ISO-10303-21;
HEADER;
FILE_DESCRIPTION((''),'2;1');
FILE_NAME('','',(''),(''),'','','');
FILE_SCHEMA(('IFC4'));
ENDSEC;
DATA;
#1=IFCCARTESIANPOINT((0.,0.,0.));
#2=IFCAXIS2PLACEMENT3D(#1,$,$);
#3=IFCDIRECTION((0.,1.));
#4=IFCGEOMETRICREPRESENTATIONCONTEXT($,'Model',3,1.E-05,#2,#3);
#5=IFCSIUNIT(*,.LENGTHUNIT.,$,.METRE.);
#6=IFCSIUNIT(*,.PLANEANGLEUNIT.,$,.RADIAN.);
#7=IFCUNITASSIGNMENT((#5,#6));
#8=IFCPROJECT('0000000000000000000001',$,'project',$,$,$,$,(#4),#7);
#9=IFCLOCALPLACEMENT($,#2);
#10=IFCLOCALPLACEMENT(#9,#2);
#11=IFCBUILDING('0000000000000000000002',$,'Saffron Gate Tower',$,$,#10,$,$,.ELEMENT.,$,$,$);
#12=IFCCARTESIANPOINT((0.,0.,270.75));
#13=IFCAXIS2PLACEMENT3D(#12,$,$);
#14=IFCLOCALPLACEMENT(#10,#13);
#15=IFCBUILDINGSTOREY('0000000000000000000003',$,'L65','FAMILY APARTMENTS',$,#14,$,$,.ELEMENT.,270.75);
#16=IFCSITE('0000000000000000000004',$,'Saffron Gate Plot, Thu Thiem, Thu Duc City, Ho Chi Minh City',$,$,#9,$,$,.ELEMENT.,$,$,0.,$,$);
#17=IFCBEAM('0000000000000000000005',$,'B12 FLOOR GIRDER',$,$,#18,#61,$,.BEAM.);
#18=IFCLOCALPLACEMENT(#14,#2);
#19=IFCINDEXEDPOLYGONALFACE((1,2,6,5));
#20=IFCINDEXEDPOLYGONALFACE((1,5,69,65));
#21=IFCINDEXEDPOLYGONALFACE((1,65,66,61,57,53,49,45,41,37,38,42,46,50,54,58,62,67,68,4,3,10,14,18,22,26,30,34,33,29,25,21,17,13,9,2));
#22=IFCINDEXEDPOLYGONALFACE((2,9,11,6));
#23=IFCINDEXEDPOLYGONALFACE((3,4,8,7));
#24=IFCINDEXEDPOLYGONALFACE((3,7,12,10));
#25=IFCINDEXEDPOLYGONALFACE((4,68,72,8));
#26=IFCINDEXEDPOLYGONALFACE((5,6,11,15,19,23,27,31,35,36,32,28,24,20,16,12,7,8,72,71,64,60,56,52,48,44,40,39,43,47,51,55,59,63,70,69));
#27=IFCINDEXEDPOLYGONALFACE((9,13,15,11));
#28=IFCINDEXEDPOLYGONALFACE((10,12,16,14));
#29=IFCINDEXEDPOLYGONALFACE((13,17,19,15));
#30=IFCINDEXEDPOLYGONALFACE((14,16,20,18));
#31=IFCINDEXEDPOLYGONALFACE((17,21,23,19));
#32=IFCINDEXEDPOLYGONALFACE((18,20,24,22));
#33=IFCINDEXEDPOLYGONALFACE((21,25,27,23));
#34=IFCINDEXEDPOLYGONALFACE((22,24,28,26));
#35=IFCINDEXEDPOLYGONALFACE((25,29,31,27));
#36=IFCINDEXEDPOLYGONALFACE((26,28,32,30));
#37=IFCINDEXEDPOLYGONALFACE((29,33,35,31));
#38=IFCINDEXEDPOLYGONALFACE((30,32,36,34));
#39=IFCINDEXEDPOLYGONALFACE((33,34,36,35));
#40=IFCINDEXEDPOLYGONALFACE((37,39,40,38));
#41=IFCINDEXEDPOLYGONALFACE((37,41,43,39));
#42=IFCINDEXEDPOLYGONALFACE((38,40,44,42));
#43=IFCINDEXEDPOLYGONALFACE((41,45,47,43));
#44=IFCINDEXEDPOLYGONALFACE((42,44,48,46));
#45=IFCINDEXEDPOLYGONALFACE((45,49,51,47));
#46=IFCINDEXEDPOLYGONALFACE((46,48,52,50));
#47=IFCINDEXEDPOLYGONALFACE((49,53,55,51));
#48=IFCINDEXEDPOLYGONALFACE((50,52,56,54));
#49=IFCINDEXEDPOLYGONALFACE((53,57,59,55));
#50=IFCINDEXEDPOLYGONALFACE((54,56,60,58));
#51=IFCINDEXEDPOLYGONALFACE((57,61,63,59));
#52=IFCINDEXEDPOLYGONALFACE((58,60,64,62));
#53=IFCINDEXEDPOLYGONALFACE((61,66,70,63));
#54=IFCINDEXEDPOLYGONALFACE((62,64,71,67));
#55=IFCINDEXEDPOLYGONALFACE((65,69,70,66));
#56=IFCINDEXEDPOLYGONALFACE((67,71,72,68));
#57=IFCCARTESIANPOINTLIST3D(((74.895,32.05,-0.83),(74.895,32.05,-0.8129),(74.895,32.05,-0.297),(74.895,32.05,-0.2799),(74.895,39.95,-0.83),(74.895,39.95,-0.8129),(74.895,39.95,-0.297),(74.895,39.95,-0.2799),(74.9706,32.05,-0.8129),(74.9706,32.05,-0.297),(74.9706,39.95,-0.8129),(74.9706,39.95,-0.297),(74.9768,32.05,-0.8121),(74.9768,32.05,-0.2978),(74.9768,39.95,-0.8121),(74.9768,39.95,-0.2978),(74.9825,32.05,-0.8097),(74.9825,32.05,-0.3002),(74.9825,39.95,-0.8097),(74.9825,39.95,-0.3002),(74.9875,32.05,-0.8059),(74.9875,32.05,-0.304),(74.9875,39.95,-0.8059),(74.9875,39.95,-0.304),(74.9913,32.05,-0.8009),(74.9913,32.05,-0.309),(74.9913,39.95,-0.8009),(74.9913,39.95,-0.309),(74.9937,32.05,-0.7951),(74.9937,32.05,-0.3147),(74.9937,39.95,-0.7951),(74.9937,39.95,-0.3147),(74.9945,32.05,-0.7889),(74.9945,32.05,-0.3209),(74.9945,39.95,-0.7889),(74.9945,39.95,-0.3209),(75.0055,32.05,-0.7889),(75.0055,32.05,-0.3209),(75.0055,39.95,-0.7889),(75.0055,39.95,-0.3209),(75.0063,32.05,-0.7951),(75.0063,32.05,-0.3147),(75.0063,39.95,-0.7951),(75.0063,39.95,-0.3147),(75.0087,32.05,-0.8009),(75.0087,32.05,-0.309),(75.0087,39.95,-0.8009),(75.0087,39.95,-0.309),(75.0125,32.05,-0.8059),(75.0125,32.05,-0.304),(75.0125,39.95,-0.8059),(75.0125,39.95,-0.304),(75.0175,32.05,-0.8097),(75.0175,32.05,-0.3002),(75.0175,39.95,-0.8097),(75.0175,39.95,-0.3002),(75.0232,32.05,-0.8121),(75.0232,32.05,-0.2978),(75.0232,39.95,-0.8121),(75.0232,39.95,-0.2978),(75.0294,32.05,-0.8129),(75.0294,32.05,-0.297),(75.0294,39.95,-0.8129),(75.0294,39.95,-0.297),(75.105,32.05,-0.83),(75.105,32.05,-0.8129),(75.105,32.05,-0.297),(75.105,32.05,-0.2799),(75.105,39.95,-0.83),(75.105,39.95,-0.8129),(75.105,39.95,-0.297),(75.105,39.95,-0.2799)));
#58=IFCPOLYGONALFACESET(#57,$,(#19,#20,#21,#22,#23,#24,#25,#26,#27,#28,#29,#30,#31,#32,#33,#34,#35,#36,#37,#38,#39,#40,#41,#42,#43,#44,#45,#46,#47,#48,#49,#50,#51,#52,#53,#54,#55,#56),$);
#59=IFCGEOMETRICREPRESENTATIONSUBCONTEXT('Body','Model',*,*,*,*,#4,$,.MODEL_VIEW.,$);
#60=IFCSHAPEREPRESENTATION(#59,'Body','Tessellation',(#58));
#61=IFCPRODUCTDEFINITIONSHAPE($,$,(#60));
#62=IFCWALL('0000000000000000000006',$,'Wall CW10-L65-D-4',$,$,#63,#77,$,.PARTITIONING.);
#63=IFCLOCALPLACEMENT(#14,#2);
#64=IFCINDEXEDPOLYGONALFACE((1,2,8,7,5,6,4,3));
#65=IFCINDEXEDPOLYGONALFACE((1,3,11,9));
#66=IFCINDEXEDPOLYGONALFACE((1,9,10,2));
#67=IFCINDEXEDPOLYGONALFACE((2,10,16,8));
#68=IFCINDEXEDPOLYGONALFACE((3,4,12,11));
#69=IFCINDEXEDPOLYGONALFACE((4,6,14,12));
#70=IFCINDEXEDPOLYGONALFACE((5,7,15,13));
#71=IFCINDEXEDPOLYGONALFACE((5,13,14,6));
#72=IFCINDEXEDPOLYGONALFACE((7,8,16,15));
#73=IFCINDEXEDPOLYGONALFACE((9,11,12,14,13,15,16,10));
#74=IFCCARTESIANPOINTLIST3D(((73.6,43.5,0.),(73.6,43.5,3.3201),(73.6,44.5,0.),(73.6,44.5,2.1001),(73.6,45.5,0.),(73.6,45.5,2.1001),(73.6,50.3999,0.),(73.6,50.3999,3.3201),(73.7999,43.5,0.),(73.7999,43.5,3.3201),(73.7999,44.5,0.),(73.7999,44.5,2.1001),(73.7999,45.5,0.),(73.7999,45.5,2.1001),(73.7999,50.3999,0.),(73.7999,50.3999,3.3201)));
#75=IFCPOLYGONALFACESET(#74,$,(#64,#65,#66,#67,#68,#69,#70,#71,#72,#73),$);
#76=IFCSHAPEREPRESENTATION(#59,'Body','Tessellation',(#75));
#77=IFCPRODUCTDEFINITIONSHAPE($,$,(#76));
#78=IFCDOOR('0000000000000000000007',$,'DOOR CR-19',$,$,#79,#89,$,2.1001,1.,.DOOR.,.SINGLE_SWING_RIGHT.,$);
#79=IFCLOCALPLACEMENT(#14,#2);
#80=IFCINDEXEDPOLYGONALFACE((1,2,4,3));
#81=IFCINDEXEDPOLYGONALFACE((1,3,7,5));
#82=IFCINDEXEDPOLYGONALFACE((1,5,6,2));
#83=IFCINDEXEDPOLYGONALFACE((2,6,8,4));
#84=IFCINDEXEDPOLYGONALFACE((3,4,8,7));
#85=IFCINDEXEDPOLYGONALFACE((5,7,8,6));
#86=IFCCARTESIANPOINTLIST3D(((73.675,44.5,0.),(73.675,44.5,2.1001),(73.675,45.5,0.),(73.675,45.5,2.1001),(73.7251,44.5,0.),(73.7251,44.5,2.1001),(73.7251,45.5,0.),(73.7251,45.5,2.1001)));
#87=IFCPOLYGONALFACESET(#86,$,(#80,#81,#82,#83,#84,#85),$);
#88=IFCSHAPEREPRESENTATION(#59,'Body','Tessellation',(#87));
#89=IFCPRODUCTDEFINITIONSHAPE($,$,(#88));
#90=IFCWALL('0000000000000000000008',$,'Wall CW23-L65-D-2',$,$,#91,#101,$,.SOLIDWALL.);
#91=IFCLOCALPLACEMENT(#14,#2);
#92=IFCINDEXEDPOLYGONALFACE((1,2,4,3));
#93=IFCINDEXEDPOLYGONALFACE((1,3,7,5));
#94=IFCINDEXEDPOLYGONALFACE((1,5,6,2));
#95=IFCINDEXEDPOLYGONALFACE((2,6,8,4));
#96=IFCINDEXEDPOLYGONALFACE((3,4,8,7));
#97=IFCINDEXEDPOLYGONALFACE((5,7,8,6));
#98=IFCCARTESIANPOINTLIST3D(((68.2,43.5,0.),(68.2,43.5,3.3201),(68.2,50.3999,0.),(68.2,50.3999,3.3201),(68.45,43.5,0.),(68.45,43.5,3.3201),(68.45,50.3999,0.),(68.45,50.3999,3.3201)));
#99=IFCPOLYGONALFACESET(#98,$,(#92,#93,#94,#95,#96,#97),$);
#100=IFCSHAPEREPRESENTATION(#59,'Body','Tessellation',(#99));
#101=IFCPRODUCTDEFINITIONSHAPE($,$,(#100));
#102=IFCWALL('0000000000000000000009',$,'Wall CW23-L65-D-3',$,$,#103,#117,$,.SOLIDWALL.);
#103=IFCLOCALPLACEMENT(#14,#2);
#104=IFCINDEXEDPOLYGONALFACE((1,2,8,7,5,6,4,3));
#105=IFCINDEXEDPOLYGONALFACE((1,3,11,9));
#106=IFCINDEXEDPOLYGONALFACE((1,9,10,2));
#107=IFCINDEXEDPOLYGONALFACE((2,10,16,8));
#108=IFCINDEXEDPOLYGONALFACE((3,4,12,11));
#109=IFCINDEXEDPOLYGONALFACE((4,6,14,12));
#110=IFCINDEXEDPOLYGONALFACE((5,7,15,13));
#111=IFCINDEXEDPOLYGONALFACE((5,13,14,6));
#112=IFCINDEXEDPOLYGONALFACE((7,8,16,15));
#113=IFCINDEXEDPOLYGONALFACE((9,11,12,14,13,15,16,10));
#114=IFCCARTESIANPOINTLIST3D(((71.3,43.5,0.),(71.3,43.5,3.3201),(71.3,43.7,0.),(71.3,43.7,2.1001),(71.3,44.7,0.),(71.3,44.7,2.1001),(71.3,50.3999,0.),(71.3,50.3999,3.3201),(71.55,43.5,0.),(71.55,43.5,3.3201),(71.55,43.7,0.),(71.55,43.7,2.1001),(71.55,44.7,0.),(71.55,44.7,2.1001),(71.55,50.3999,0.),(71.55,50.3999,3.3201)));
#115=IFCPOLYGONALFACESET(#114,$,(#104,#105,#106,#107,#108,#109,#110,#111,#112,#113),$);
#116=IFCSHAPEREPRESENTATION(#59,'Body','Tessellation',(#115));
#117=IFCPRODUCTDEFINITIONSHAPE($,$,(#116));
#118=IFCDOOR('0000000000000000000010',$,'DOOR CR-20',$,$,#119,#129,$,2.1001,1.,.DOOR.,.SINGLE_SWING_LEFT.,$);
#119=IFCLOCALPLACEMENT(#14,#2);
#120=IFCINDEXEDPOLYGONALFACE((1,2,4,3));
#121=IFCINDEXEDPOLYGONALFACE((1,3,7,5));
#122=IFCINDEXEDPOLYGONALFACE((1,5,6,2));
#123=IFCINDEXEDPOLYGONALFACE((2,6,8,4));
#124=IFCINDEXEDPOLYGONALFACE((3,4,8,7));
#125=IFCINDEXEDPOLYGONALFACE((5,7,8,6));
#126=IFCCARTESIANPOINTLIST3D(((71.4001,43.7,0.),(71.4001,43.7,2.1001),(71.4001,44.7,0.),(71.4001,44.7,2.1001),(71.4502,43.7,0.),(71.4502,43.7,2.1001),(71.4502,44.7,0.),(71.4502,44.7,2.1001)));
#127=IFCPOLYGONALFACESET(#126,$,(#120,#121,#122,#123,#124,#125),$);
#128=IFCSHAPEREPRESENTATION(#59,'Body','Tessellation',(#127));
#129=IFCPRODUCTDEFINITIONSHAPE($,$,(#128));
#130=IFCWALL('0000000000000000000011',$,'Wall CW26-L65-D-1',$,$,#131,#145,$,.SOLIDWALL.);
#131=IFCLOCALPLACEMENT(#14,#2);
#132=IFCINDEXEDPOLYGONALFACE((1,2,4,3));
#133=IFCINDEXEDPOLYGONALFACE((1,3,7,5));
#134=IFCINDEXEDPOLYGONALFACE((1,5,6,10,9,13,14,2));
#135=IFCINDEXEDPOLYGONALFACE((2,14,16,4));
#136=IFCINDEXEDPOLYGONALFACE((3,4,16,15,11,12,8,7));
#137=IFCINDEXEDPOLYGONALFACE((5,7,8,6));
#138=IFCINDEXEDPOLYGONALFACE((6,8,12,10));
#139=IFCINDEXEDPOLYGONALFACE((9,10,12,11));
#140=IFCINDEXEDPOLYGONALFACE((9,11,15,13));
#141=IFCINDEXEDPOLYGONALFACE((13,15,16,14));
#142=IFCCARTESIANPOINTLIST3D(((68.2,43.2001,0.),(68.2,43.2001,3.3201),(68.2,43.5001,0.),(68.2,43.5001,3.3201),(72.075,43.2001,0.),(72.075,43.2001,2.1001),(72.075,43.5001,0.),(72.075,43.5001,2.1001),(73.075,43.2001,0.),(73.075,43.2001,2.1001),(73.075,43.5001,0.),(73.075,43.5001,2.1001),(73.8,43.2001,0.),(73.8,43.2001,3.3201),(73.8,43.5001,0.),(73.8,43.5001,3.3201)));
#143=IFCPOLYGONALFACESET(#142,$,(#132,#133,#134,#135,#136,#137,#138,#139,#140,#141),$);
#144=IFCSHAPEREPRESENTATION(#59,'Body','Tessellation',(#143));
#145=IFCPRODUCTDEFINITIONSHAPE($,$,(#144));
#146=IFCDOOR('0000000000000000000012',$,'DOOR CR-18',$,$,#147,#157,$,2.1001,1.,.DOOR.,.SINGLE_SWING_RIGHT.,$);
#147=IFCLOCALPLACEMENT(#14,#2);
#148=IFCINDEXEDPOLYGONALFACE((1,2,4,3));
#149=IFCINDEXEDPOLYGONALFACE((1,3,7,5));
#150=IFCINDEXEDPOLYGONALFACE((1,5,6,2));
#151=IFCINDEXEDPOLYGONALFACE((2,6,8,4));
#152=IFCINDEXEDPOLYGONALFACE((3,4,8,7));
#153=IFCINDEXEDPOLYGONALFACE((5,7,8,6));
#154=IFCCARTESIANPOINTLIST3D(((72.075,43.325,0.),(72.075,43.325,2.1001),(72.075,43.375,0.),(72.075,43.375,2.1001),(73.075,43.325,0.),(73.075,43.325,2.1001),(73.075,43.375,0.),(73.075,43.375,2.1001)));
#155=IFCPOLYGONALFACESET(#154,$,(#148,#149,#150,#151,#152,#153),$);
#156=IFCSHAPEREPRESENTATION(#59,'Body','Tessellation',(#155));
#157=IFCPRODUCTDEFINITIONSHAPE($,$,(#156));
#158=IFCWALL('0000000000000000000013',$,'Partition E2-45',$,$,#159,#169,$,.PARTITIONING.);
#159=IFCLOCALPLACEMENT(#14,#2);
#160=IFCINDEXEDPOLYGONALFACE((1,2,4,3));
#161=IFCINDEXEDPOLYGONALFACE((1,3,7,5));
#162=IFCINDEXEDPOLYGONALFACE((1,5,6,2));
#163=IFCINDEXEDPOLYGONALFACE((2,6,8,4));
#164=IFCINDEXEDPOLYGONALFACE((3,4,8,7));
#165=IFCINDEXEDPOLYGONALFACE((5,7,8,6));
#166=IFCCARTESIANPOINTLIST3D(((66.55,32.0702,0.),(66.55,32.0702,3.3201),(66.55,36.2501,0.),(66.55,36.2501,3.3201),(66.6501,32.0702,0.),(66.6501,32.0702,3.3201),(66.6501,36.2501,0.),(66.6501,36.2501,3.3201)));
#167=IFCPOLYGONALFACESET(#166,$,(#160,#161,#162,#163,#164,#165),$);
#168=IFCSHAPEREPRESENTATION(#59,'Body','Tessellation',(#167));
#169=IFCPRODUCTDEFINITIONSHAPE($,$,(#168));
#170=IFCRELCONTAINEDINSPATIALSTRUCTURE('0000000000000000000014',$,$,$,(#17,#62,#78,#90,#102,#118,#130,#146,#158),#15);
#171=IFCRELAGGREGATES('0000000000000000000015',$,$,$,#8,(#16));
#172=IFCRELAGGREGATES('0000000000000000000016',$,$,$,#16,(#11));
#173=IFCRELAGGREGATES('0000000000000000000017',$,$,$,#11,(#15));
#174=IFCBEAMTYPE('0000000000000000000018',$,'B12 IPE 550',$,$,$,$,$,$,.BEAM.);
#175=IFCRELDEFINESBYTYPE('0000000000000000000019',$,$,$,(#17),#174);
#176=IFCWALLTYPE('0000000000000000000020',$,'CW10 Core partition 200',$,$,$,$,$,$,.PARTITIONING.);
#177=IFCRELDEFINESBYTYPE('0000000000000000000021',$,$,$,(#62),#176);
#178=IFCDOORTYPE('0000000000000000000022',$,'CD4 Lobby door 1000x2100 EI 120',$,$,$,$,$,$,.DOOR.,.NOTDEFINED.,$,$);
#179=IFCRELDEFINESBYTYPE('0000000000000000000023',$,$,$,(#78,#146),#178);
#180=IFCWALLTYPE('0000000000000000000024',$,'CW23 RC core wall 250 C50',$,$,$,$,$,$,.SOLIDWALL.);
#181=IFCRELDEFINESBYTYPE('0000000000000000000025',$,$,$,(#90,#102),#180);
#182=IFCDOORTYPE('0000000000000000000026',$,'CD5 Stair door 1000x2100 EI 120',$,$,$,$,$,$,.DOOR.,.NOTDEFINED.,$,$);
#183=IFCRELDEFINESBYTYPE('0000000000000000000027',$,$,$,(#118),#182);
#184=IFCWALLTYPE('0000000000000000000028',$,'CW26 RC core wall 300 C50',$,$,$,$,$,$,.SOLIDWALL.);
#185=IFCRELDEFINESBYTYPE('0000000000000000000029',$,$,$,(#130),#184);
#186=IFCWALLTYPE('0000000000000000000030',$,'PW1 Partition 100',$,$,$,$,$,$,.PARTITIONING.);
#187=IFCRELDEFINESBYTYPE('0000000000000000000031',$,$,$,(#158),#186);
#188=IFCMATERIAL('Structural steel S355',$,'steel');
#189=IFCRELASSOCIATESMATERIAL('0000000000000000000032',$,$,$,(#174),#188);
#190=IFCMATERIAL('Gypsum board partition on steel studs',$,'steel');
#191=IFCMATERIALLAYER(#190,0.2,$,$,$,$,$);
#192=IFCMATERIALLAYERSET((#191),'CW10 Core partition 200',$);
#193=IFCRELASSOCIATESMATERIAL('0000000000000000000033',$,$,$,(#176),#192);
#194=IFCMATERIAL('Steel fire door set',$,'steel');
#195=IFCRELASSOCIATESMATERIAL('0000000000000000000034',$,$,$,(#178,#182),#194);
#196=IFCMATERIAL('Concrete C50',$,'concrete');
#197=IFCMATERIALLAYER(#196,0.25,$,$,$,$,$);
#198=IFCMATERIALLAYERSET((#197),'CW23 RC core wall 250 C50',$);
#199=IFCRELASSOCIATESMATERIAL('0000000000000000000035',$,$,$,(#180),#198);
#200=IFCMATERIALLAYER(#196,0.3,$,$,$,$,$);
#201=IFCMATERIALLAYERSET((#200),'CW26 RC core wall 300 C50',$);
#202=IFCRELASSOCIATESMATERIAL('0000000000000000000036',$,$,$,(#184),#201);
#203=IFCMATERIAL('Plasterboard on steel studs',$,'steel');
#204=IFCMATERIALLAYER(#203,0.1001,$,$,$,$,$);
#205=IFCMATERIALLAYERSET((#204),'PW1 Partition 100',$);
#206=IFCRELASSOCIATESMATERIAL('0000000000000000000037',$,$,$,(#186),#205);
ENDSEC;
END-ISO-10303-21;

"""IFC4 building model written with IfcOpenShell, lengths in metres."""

from ifc_helpers import new_model, si_unit, direction, frame, frame_2d, origin, origin_2d, place, context, subcontext, project, spatial, rectangle, i_section, extrude, material, layer, layer_set, material_profile, profile_set, type_object, element, fill, save


model = new_model("IFC4")

# Units and contexts
model_context = context("Model", 3, precision=1e-05, world=origin(), true_north=direction((0.0, 1.0)))
body_context = subcontext(model_context, "Body", "Model", "MODEL_VIEW")
ifc_project = project(units=[si_unit("LENGTHUNIT", "METRE"), si_unit("PLANEANGLEUNIT", "RADIAN")], contexts=[model_context])

# Site, building, storey
site_placement = place(None, origin())
site = spatial("IfcSite", under=ifc_project, at=site_placement, Name="Saffron Gate Plot, Thu Thiem, Thu Duc City, Ho Chi Minh City", CompositionType="ELEMENT", RefElevation=0.0)
building_placement = place(site_placement, origin())
building = spatial("IfcBuilding", under=site, at=building_placement, Name="Saffron Gate Tower", CompositionType="ELEMENT")
storey_placement = place(building_placement, frame((0.0, 0.0, 270.75)))
storey = spatial("IfcBuildingStorey", under=building, at=storey_placement, Name="L65", Description="FAMILY APARTMENTS", CompositionType="ELEMENT", Elevation=270.75)

# Beam
ifc_material_1 = material(Name="Structural steel S355", Category="steel")
ifc_material_profile = material_profile(ifc_material_1, i_section(OverallWidth=0.21, OverallDepth=0.55, WebThickness=0.011, FlangeThickness=0.0171, FilletRadius=0.0239, at=origin_2d()))
ifc_profile_set = profile_set([ifc_material_profile], Name="Structural steel S355")
beam_type = type_object("IfcBeamType", Name="B12 IPE 550", PredefinedType="BEAM", material=ifc_profile_set)
beam_placement = place(storey_placement, frame((75.0, 32.05, -0.5549), z_axis=(0.0, 1.0, 0.0), x_axis=(-1.0, 0.0, 0.0)))
element("IfcBeam", 1, at=beam_placement, inside=storey, type_object=beam_type, Name="B12 FLOOR GIRDER", PredefinedType="BEAM", context=body_context, shape_type="SweptSolid", body=[
    extrude(i_section(OverallWidth=0.21, OverallDepth=0.55, WebThickness=0.011, FlangeThickness=0.0171, FilletRadius=0.0239, at=origin_2d()), origin(), (0.0, 0.0, 1.0), 7.8999),
])

# Wall, opening, door
ifc_material_2 = material(Name="Gypsum board partition on steel studs", Category="steel")
ifc_layer_1 = layer(ifc_material_2, 0.2)
ifc_layer_set_1 = layer_set([ifc_layer_1], Name="CW10 Core partition 200")
wall_type_1 = type_object("IfcWallType", Name="CW10 Core partition 200", PredefinedType="PARTITIONING", material=ifc_layer_set_1)
wall_1_placement = place(storey_placement, frame((73.7, 43.5, 0.0), z_axis=(0.0, 0.0, 1.0), x_axis=(0.0, 1.0, 0.0)))
wall_1 = element("IfcWall", 2, at=wall_1_placement, inside=storey, type_object=wall_type_1, Name="Wall CW10-L65-D-4", PredefinedType="PARTITIONING", context=body_context, shape_type="SweptSolid", body=[
    extrude(rectangle(XDim=6.8999, YDim=0.2, at=frame_2d((3.45, 0.0))), origin(), (0.0, 0.0, 1.0), 3.3201),
])
opening_1_placement = place(wall_1_placement, frame((1.0, 0.0, 0.0)))
opening_1 = element("IfcOpeningElement", 3, at=opening_1_placement, cuts=wall_1, PredefinedType="OPENING", context=body_context, shape_type="SweptSolid", body=[
    extrude(rectangle(XDim=1.0, YDim=2.1001, at=frame_2d((0.5, 1.05))), frame((0.0, 0.1099, 0.0), z_axis=(0.0, -1.0, 0.0), x_axis=(1.0, 0.0, 0.0)), (0.0, 0.0, 1.0), 0.22),
])
ifc_material_3 = material(Name="Steel fire door set", Category="steel")
door_type_1 = type_object("IfcDoorType", Name="CD4 Lobby door 1000x2100 EI 120", OperationType="NOTDEFINED", PredefinedType="DOOR", material=ifc_material_3)
door_1_placement = place(opening_1_placement, origin())
door_1 = element("IfcDoor", 4, at=door_1_placement, inside=storey, type_object=door_type_1, Name="DOOR CR-19", OperationType="SINGLE_SWING_RIGHT", OverallHeight=2.1001, OverallWidth=1.0, PredefinedType="DOOR", context=body_context, shape_type="SweptSolid", body=[
    extrude(rectangle(XDim=1.0, YDim=2.1001, at=frame_2d((0.5, 1.05))), frame((0.0, 0.0249, 0.0), z_axis=(0.0, -1.0, 0.0), x_axis=(1.0, 0.0, 0.0)), (0.0, 0.0, 1.0), 0.05),
])
fill(opening_1, door_1)

# Wall
ifc_material_4 = material(Name="Concrete C50", Category="concrete")
ifc_layer_2 = layer(ifc_material_4, 0.25)
ifc_layer_set_2 = layer_set([ifc_layer_2], Name="CW23 RC core wall 250 C50")
wall_type_2 = type_object("IfcWallType", Name="CW23 RC core wall 250 C50", PredefinedType="SOLIDWALL", material=ifc_layer_set_2)
wall_2_placement = place(storey_placement, frame((68.325, 43.5, 0.0), z_axis=(0.0, 0.0, 1.0), x_axis=(0.0, 1.0, 0.0)))
element("IfcWall", 5, at=wall_2_placement, inside=storey, type_object=wall_type_2, Name="Wall CW23-L65-D-2", PredefinedType="SOLIDWALL", context=body_context, shape_type="SweptSolid", body=[
    extrude(rectangle(XDim=6.8999, YDim=0.25, at=frame_2d((3.45, 0.0))), origin(), (0.0, 0.0, 1.0), 3.3201),
])

# Walls, openings, doors
wall_3_placement = place(storey_placement, frame((71.425, 43.5, 0.0), z_axis=(0.0, 0.0, 1.0), x_axis=(0.0, 1.0, 0.0)))
wall_3 = element("IfcWall", 6, at=wall_3_placement, inside=storey, type_object=wall_type_2, Name="Wall CW23-L65-D-3", PredefinedType="SOLIDWALL", context=body_context, shape_type="SweptSolid", body=[
    extrude(rectangle(XDim=6.8999, YDim=0.25, at=frame_2d((3.45, 0.0))), origin(), (0.0, 0.0, 1.0), 3.3201),
])
opening_2_placement = place(wall_3_placement, frame((0.2, 0.0, 0.0)))
opening_2 = element("IfcOpeningElement", 7, at=opening_2_placement, cuts=wall_3, PredefinedType="OPENING", context=body_context, shape_type="SweptSolid", body=[
    extrude(rectangle(XDim=1.0, YDim=2.1001, at=frame_2d((0.5, 1.05))), frame((0.0, 0.135, 0.0), z_axis=(0.0, -1.0, 0.0), x_axis=(1.0, 0.0, 0.0)), (0.0, 0.0, 1.0), 0.27),
])
door_type_2 = type_object("IfcDoorType", Name="CD5 Stair door 1000x2100 EI 120", OperationType="NOTDEFINED", PredefinedType="DOOR", material=ifc_material_3)
door_2_placement = place(opening_2_placement, origin())
door_2 = element("IfcDoor", 8, at=door_2_placement, inside=storey, type_object=door_type_2, Name="DOOR CR-20", OperationType="SINGLE_SWING_LEFT", OverallHeight=2.1001, OverallWidth=1.0, PredefinedType="DOOR", context=body_context, shape_type="SweptSolid", body=[
    extrude(rectangle(XDim=1.0, YDim=2.1001, at=frame_2d((0.5, 1.05))), frame((0.0, 0.0249, 0.0), z_axis=(0.0, -1.0, 0.0), x_axis=(1.0, 0.0, 0.0)), (0.0, 0.0, 1.0), 0.05),
])
fill(opening_2, door_2)
ifc_layer_3 = layer(ifc_material_4, 0.3)
ifc_layer_set_3 = layer_set([ifc_layer_3], Name="CW26 RC core wall 300 C50")
wall_type_3 = type_object("IfcWallType", Name="CW26 RC core wall 300 C50", PredefinedType="SOLIDWALL", material=ifc_layer_set_3)
wall_4_placement = place(storey_placement, frame((68.2, 43.3501, 0.0), z_axis=(0.0, 0.0, 1.0), x_axis=(1.0, 0.0, 0.0)))
wall_4 = element("IfcWall", 9, at=wall_4_placement, inside=storey, type_object=wall_type_3, Name="Wall CW26-L65-D-1", PredefinedType="SOLIDWALL", context=body_context, shape_type="SweptSolid", body=[
    extrude(rectangle(XDim=5.6001, YDim=0.3, at=frame_2d((2.8, 0.0))), origin(), (0.0, 0.0, 1.0), 3.3201),
])
opening_3_placement = place(wall_4_placement, frame((3.875, 0.0, 0.0)))
opening_3 = element("IfcOpeningElement", 10, at=opening_3_placement, cuts=wall_4, PredefinedType="OPENING", context=body_context, shape_type="SweptSolid", body=[
    extrude(rectangle(XDim=1.0, YDim=2.1001, at=frame_2d((0.5, 1.05))), frame((0.0, 0.1602, 0.0), z_axis=(0.0, -1.0, 0.0), x_axis=(1.0, 0.0, 0.0)), (0.0, 0.0, 1.0), 0.3201),
])
door_3_placement = place(opening_3_placement, origin())
door_3 = element("IfcDoor", 11, at=door_3_placement, inside=storey, type_object=door_type_1, Name="DOOR CR-18", OperationType="SINGLE_SWING_RIGHT", OverallHeight=2.1001, OverallWidth=1.0, PredefinedType="DOOR", context=body_context, shape_type="SweptSolid", body=[
    extrude(rectangle(XDim=1.0, YDim=2.1001, at=frame_2d((0.5, 1.05))), frame((0.0, 0.0249, 0.0), z_axis=(0.0, -1.0, 0.0), x_axis=(1.0, 0.0, 0.0)), (0.0, 0.0, 1.0), 0.05),
])
fill(opening_3, door_3)

# Wall
ifc_material_5 = material(Name="Plasterboard on steel studs", Category="steel")
ifc_layer_4 = layer(ifc_material_5, 0.1001)
ifc_layer_set_4 = layer_set([ifc_layer_4], Name="PW1 Partition 100")
wall_type_4 = type_object("IfcWallType", Name="PW1 Partition 100", PredefinedType="PARTITIONING", material=ifc_layer_set_4)
wall_5_placement = place(storey_placement, frame((66.6001, 36.25, 0.0), z_axis=(0.0, 0.0, 1.0), x_axis=(0.0, -1.0, 0.0)))
element("IfcWall", 12, at=wall_5_placement, inside=storey, type_object=wall_type_4, Name="Partition E2-45", PredefinedType="PARTITIONING", context=body_context, shape_type="SweptSolid", body=[
    extrude(rectangle(XDim=4.1799, YDim=0.1001, at=frame_2d((2.0898, 0.0))), origin(), (0.0, 0.0, 1.0), 3.3201),
])

save(model, "model.ifc")
